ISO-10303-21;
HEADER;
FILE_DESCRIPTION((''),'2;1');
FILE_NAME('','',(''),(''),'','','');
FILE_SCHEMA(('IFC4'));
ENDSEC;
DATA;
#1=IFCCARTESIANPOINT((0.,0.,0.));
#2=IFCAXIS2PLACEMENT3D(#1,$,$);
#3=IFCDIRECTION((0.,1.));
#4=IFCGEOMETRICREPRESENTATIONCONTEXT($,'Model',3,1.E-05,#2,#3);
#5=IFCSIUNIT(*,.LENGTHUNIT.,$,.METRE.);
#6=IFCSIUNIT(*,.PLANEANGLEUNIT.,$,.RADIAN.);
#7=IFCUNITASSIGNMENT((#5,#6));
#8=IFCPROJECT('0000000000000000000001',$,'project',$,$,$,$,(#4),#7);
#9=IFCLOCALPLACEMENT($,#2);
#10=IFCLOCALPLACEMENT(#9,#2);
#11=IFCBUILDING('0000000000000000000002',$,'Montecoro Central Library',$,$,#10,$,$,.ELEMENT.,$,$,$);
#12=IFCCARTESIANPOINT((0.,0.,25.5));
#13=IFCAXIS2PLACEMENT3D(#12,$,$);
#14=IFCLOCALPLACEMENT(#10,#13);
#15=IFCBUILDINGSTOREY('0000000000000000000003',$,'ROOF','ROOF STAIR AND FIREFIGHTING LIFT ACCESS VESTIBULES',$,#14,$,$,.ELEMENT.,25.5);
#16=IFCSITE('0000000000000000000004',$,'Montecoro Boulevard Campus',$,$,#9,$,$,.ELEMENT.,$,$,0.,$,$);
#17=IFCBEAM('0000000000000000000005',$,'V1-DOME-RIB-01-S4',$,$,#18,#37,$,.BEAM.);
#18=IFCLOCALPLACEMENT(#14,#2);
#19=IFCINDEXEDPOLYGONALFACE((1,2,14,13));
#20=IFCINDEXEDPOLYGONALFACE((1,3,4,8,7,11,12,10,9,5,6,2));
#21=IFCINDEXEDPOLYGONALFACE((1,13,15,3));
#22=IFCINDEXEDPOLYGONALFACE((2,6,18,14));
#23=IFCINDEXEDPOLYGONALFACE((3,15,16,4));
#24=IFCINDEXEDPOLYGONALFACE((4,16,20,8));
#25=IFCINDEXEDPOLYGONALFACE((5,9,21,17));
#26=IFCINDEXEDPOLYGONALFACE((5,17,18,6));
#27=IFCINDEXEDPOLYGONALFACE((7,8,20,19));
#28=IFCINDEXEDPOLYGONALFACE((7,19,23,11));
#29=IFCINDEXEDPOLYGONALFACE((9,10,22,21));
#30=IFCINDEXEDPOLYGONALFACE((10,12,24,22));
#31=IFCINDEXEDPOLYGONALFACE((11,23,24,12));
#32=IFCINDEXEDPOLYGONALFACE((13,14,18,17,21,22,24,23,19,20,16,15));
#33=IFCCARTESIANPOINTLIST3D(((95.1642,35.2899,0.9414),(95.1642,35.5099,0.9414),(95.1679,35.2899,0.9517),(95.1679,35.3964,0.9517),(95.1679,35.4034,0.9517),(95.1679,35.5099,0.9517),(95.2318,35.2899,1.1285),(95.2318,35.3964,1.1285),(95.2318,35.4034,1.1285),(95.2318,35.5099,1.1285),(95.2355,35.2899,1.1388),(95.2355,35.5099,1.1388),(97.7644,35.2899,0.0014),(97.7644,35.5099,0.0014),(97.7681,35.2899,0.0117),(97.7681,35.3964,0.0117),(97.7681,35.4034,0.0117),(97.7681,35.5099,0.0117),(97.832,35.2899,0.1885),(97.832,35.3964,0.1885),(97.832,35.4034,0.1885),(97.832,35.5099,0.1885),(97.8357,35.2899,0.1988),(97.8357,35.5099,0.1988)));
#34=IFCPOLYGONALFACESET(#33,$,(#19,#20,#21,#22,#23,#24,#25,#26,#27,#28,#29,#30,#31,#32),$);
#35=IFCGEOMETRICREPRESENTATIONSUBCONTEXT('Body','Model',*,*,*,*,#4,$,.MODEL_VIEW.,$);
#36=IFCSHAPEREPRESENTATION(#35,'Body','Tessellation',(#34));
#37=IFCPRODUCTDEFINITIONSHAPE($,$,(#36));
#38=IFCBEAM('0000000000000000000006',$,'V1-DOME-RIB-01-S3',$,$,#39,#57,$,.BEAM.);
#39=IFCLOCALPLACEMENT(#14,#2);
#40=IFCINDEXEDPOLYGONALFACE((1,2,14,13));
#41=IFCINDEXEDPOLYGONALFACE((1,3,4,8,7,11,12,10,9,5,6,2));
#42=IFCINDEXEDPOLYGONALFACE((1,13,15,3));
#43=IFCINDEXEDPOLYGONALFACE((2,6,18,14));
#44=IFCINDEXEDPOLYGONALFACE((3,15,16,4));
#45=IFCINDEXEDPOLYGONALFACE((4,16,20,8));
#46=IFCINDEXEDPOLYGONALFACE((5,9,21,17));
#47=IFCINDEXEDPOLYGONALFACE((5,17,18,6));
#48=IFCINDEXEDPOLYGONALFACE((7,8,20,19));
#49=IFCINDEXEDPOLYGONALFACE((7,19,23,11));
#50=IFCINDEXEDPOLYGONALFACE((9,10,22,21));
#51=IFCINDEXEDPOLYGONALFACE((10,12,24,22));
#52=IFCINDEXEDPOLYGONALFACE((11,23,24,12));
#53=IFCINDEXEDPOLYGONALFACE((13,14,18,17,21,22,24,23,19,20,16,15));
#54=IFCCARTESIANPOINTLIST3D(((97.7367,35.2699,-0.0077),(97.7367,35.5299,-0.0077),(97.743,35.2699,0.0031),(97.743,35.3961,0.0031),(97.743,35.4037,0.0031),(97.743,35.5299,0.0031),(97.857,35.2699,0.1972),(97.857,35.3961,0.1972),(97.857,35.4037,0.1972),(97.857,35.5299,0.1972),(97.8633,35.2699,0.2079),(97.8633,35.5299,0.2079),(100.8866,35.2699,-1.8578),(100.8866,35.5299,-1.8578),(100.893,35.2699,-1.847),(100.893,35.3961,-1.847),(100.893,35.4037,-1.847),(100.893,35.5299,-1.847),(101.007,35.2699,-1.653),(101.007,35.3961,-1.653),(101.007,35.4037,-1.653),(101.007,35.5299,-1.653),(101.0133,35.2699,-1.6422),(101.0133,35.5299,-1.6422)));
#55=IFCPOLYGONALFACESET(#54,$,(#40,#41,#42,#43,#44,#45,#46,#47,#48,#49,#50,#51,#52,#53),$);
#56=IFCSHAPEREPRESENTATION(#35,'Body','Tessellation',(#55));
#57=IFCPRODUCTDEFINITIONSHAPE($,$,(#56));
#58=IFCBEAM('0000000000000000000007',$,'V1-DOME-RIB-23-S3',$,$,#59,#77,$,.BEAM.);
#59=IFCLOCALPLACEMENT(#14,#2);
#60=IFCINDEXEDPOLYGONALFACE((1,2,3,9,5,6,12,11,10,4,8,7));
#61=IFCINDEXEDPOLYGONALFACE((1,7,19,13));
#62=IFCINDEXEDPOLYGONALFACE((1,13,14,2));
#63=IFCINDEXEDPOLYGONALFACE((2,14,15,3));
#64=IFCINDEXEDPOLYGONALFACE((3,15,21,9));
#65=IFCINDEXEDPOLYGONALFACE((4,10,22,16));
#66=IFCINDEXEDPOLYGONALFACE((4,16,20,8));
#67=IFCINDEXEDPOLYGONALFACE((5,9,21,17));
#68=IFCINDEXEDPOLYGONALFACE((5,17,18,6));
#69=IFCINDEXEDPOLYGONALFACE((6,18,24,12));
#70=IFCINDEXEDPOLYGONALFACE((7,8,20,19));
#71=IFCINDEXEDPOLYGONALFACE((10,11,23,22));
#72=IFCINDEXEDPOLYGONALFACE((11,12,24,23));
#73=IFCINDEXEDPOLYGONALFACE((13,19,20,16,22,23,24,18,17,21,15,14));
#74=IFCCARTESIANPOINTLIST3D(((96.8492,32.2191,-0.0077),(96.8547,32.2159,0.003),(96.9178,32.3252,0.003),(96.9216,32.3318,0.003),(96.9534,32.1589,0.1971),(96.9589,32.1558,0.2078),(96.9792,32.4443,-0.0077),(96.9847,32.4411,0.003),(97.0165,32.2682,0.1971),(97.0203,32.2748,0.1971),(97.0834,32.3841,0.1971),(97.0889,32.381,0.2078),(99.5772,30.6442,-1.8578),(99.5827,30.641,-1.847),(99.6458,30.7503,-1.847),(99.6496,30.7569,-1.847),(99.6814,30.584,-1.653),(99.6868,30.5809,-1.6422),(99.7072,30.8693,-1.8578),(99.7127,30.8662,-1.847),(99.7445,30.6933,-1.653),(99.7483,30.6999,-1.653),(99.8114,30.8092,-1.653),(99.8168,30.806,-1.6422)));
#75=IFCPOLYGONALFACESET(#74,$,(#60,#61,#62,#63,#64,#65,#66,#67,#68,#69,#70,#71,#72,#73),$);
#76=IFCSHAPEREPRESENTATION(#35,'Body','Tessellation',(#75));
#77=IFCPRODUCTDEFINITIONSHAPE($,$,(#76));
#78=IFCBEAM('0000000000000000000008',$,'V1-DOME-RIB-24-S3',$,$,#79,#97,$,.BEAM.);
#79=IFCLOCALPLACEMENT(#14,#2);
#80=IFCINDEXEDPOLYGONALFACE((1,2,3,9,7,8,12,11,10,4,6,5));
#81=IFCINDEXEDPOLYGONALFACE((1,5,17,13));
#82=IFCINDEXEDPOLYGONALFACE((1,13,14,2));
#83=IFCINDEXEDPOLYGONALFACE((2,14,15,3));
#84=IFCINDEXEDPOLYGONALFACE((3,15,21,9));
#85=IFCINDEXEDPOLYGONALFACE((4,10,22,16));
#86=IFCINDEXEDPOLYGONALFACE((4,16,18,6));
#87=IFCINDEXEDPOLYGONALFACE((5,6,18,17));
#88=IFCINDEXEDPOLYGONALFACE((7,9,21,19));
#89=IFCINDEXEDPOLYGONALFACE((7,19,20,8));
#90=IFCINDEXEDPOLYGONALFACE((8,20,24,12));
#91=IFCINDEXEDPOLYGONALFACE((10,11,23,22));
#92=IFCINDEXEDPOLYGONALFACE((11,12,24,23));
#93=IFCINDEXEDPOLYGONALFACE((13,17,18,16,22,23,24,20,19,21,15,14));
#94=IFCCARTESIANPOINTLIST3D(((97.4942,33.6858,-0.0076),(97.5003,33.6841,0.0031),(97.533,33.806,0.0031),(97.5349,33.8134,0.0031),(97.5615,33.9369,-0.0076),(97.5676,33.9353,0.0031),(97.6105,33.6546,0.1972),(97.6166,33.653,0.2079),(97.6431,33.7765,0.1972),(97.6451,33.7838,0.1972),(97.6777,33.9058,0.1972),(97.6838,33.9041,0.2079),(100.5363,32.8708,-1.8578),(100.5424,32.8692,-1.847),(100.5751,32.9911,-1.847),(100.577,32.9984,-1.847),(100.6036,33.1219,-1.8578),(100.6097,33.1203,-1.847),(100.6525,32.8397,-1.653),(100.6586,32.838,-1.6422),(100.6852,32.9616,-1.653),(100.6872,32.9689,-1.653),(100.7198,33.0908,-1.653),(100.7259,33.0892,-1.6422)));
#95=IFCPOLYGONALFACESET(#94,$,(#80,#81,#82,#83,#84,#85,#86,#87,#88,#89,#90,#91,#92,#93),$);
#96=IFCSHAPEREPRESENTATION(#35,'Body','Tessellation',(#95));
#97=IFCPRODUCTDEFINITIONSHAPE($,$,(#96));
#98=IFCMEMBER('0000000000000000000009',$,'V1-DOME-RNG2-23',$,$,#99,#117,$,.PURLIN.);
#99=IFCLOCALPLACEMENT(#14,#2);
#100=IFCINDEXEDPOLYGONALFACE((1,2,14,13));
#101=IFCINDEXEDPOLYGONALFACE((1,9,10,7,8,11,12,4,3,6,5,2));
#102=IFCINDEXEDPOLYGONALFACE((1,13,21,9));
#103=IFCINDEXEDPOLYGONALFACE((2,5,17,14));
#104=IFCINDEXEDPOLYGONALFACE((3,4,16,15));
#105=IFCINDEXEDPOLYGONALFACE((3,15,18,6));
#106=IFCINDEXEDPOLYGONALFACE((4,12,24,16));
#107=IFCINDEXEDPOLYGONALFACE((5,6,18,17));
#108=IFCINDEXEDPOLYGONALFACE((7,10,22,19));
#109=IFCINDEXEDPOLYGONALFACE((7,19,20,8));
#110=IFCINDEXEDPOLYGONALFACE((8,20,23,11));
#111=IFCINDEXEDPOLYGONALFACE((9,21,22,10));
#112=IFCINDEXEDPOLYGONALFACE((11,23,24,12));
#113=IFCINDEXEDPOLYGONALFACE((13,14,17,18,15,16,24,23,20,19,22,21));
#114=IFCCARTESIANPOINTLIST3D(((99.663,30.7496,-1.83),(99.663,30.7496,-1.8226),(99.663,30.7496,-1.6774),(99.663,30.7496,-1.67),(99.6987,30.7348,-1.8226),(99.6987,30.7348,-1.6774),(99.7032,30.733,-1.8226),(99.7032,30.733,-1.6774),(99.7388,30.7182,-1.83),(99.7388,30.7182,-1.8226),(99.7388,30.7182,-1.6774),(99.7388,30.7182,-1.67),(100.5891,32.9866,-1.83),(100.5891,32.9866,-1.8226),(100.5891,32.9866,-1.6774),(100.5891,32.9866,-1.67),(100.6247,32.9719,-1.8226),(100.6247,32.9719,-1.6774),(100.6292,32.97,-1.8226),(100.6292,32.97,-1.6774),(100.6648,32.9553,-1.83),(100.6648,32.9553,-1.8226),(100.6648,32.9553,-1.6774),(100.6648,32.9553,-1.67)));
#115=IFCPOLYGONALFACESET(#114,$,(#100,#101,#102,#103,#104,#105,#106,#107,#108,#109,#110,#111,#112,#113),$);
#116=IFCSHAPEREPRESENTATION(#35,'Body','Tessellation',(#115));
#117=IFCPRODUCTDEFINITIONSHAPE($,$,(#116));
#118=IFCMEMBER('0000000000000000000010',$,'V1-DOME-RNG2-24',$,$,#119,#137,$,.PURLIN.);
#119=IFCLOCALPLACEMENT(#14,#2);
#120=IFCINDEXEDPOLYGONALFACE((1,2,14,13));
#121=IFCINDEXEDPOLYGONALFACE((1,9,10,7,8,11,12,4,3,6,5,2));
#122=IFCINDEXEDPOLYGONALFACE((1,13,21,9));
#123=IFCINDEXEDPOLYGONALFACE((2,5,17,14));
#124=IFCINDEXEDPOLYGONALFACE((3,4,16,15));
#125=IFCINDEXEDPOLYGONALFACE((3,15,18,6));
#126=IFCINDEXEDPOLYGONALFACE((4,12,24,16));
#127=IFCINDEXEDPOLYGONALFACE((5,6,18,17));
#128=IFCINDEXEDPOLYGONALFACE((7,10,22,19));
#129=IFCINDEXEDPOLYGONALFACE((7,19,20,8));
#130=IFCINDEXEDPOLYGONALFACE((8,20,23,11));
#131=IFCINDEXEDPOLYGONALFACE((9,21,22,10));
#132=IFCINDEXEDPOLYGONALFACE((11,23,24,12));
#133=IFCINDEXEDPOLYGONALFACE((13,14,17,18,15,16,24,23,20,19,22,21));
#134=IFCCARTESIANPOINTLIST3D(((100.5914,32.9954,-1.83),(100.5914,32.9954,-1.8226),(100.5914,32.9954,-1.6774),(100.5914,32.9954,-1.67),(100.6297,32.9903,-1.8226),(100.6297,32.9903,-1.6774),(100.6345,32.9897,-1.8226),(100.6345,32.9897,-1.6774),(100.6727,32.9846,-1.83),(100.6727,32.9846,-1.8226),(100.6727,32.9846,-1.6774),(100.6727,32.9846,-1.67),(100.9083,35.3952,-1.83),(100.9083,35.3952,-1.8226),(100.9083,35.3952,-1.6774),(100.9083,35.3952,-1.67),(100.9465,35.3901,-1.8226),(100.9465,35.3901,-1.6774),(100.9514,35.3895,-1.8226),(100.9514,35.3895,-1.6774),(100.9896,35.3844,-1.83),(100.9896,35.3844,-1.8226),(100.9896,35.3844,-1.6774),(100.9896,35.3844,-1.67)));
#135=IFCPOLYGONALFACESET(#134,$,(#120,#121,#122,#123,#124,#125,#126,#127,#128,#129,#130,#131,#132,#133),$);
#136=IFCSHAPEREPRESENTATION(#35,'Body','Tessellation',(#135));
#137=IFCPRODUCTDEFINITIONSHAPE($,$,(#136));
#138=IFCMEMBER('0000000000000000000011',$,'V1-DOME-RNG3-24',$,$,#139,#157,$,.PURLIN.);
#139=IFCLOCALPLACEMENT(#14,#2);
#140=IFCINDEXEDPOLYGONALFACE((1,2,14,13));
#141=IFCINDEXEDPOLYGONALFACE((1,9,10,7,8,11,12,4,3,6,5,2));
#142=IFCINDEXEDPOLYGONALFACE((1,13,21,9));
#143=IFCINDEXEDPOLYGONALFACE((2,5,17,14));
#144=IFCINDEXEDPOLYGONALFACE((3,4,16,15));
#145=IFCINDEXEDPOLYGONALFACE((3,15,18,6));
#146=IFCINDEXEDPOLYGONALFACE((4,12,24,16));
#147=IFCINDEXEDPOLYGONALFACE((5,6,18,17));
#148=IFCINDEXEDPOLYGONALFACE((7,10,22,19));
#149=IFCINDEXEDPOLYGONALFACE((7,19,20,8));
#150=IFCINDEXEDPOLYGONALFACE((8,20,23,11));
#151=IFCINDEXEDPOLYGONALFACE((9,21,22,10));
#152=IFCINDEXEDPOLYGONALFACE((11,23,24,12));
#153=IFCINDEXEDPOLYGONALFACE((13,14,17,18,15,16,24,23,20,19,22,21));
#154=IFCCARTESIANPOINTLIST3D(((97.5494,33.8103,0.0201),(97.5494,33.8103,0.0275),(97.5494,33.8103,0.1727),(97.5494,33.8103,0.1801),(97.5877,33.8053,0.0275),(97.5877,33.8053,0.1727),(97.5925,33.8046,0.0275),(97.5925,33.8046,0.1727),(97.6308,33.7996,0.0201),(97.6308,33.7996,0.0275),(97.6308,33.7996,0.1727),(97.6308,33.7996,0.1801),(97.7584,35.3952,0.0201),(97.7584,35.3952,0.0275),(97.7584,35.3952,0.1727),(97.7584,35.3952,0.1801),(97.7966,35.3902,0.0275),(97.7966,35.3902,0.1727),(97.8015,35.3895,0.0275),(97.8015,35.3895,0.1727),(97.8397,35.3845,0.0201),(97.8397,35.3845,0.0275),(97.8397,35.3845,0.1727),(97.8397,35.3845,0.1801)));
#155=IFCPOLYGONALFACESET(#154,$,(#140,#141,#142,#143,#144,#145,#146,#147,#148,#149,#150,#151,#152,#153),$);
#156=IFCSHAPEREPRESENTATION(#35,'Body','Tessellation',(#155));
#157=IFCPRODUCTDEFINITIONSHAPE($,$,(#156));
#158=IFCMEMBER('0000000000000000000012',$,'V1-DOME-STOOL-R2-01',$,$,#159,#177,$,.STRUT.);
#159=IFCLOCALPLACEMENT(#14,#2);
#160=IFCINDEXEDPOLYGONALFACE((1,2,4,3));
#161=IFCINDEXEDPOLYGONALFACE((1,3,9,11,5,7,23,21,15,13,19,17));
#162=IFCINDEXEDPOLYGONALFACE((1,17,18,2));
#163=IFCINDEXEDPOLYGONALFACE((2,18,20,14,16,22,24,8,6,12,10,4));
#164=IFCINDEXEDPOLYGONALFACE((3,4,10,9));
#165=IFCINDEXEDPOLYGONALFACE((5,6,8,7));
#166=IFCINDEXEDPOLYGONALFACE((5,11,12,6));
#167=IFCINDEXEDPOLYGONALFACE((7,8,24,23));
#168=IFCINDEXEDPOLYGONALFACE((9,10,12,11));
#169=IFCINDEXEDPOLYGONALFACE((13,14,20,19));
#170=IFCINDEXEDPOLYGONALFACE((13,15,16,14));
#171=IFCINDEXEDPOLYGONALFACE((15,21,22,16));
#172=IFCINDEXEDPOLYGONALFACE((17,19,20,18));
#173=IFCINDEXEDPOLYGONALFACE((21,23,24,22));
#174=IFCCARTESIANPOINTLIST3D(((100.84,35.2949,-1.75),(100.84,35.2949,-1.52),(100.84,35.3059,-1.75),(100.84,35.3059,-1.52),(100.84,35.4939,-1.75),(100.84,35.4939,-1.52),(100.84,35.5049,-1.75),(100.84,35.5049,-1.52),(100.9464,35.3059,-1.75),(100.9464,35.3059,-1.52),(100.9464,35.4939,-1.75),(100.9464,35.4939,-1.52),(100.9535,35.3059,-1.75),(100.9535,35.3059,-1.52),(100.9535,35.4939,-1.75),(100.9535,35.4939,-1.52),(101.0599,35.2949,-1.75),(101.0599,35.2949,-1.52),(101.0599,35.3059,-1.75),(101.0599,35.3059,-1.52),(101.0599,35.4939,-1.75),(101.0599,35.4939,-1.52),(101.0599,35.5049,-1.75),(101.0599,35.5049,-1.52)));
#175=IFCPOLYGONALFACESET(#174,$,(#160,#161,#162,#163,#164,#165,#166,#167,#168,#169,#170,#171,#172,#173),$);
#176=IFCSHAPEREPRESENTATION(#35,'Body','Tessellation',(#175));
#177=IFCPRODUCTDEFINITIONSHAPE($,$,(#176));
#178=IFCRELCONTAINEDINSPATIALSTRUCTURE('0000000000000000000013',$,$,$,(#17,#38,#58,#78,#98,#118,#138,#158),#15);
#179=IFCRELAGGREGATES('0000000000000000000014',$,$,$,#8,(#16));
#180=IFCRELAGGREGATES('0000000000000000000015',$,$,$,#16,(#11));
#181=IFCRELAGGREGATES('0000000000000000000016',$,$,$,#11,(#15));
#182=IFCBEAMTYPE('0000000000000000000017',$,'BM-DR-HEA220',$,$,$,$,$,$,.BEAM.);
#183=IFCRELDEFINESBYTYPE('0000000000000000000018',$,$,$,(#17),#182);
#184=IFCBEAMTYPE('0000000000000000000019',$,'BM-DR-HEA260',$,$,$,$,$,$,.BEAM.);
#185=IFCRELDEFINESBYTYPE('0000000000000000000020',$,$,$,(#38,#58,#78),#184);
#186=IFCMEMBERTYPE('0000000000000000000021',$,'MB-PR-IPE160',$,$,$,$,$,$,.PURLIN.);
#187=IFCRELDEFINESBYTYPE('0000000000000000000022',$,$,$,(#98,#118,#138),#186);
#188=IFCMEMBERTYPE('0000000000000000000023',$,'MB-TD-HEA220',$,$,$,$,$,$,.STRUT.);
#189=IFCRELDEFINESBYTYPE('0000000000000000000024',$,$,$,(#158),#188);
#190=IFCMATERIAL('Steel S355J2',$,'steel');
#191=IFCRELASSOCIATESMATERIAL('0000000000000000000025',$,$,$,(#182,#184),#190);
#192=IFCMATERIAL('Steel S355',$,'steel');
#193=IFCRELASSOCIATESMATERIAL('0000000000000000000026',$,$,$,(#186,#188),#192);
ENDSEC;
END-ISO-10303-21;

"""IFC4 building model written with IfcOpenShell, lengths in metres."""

from ifc_helpers import new_model, si_unit, direction, frame, origin, origin_2d, place, context, subcontext, project, spatial, i_section, extrude, material, material_profile, profile_set, type_object, element, save


model = new_model("IFC4")

# Units and contexts
model_context = context("Model", 3, precision=1e-05, world=origin(), true_north=direction((0.0, 1.0)))
body_context = subcontext(model_context, "Body", "Model", "MODEL_VIEW")
ifc_project = project(units=[si_unit("LENGTHUNIT", "METRE"), si_unit("PLANEANGLEUNIT", "RADIAN")], contexts=[model_context])

# Site, building, storey
site_placement = place(None, origin())
site = spatial("IfcSite", under=ifc_project, at=site_placement, Name="Montecoro Boulevard Campus", CompositionType="ELEMENT", RefElevation=0.0)
building_placement = place(site_placement, origin())
building = spatial("IfcBuilding", under=site, at=building_placement, Name="Montecoro Central Library", CompositionType="ELEMENT")
storey_placement = place(building_placement, frame((0.0, 0.0, 25.5)))
storey = spatial("IfcBuildingStorey", under=building, at=storey_placement, Name="ROOF", Description="ROOF STAIR AND FIREFIGHTING LIFT ACCESS VESTIBULES", CompositionType="ELEMENT", Elevation=25.5)

# Beams
ifc_material_1 = material(Name="Steel S355J2", Category="steel")
ifc_material_profile_1 = material_profile(ifc_material_1, i_section(OverallWidth=0.22, OverallDepth=0.21, WebThickness=0.0071, FlangeThickness=0.011, at=origin_2d()), Name="HEA 220")
ifc_profile_set_1 = profile_set([ifc_material_profile_1], Name="Steel S355J2")
beam_type_1 = type_object("IfcBeamType", Name="BM-DR-HEA220", PredefinedType="BEAM", material=ifc_profile_set_1)
beam_1_placement = place(storey_placement, frame((97.8, 35.3999, 0.1001), z_axis=(-0.940436, 0.0, 0.33997), x_axis=(0.0, -1.0, 0.0)))
element("IfcBeam", 1, at=beam_1_placement, inside=storey, type_object=beam_type_1, Name="V1-DOME-RIB-01-S4", PredefinedType="BEAM", context=body_context, shape_type="SweptSolid", body=[
    extrude(i_section(OverallWidth=0.22, OverallDepth=0.21, WebThickness=0.0071, FlangeThickness=0.011, at=origin_2d()), origin(), (0.0, 0.0, 1.0), 2.7649),
])
ifc_material_profile_2 = material_profile(ifc_material_1, i_section(OverallWidth=0.26, OverallDepth=0.25, WebThickness=0.0076, FlangeThickness=0.0125, at=origin_2d()), Name="HEA 260")
ifc_profile_set_2 = profile_set([ifc_material_profile_2], Name="Steel S355J2")
beam_type_2 = type_object("IfcBeamType", Name="BM-DR-HEA260", PredefinedType="BEAM", material=ifc_profile_set_2)
for number, where, z_axis, x_axis, name in (
    (2, (100.95, 35.3999, -1.75), (-0.862267, 0.0, 0.506453), (0.0, -1.0, 0.0), "V1-DOME-RIB-01-S3"),
    (3, (99.697, 30.7251, -1.75), (-0.746761, 0.431122, 0.50644), (-0.499982, -0.866036, 0.0), "V1-DOME-RIB-23-S3"),
):
    element("IfcBeam", number, at=place(storey_placement, frame(where, z_axis=z_axis, x_axis=x_axis)), inside=storey, type_object=beam_type_2, Name=name, PredefinedType="BEAM", context=body_context, shape_type="SweptSolid", body=[
        extrude(i_section(OverallWidth=0.26, OverallDepth=0.25, WebThickness=0.0076, FlangeThickness=0.0125, at=origin_2d()), origin(), (0.0, 0.0, 1.0), 3.6531),
    ])
beam_2_placement = place(storey_placement, frame((100.6311, 32.98, -1.75), z_axis=(-0.832854, 0.223119, 0.50653), x_axis=(-0.258772, -0.965938, 0.0)))
element("IfcBeam", 4, at=beam_2_placement, inside=storey, type_object=beam_type_2, Name="V1-DOME-RIB-24-S3", PredefinedType="BEAM", context=body_context, shape_type="SweptSolid", body=[
    extrude(i_section(OverallWidth=0.26, OverallDepth=0.25, WebThickness=0.0076, FlangeThickness=0.0125, at=origin_2d()), origin(), (0.0, 0.0, 1.0), 3.6526),
])

# Members
ifc_material_2 = material(Name="Steel S355", Category="steel")
ifc_material_profile_3 = material_profile(ifc_material_2, i_section(OverallWidth=0.082, OverallDepth=0.1599, WebThickness=0.0049, FlangeThickness=0.0073, at=origin_2d()), Name="IPE 160")
ifc_profile_set_3 = profile_set([ifc_material_profile_3], Name="Steel S355")
member_type_1 = type_object("IfcMemberType", Name="MB-PR-IPE160", PredefinedType="PURLIN", material=ifc_profile_set_3)
member_1_placement = place(storey_placement, frame((99.7009, 30.7339, -1.75), z_axis=(0.382474, 0.923966, 0.0), x_axis=(-0.923966, 0.382474, 0.0)))
element("IfcMember", 5, at=member_1_placement, inside=storey, type_object=member_type_1, Name="V1-DOME-RNG2-23", PredefinedType="PURLIN", context=body_context, shape_type="SweptSolid", body=[
    extrude(i_section(OverallWidth=0.082, OverallDepth=0.1599, WebThickness=0.0049, FlangeThickness=0.0073, at=origin_2d()), origin(), (0.0, 0.0, 1.0), 2.4211),
])
member_2_placement = place(storey_placement, frame((100.6321, 32.99, -1.75), z_axis=(0.130908, 0.991394, 0.0), x_axis=(-0.991394, 0.130908, 0.0)))
element("IfcMember", 6, at=member_2_placement, inside=storey, type_object=member_type_1, Name="V1-DOME-RNG2-24", PredefinedType="PURLIN", context=body_context, shape_type="SweptSolid", body=[
    extrude(i_section(OverallWidth=0.082, OverallDepth=0.1599, WebThickness=0.0049, FlangeThickness=0.0073, at=origin_2d()), origin(), (0.0, 0.0, 1.0), 2.4207),
])
member_3_placement = place(storey_placement, frame((97.5901, 33.8049, 0.1001), z_axis=(0.130723, 0.991419, 0.0), x_axis=(-0.991419, 0.130723, 0.0)))
element("IfcMember", 7, at=member_3_placement, inside=storey, type_object=member_type_1, Name="V1-DOME-RNG3-24", PredefinedType="PURLIN", context=body_context, shape_type="SweptSolid", body=[
    extrude(i_section(OverallWidth=0.082, OverallDepth=0.1599, WebThickness=0.0049, FlangeThickness=0.0073, at=origin_2d()), origin(), (0.0, 0.0, 1.0), 1.5986),
])
ifc_material_profile_4 = material_profile(ifc_material_2, i_section(OverallWidth=0.22, OverallDepth=0.21, WebThickness=0.0071, FlangeThickness=0.011, at=origin_2d()), Name="HEA 220")
ifc_profile_set_4 = profile_set([ifc_material_profile_4], Name="Steel S355")
member_type_2 = type_object("IfcMemberType", Name="MB-TD-HEA220", PredefinedType="STRUT", material=ifc_profile_set_4)
for number, where, z_axis, x_axis, name in (
    (8, (100.95, 35.3999, -1.75), (0.0, 0.0, 1.0), (1.0, 0.0, 0.0), "V1-DOME-STOOL-R2-01"),
):
    element("IfcMember", number, at=place(storey_placement, frame(where, z_axis=z_axis, x_axis=x_axis)), inside=storey, type_object=member_type_2, Name=name, PredefinedType="STRUT", context=body_context, shape_type="SweptSolid", body=[
        extrude(i_section(OverallWidth=0.22, OverallDepth=0.21, WebThickness=0.0071, FlangeThickness=0.011, at=origin_2d()), origin(), (0.0, 0.0, 1.0), 0.23),
    ])

save(model, "model.ifc")
